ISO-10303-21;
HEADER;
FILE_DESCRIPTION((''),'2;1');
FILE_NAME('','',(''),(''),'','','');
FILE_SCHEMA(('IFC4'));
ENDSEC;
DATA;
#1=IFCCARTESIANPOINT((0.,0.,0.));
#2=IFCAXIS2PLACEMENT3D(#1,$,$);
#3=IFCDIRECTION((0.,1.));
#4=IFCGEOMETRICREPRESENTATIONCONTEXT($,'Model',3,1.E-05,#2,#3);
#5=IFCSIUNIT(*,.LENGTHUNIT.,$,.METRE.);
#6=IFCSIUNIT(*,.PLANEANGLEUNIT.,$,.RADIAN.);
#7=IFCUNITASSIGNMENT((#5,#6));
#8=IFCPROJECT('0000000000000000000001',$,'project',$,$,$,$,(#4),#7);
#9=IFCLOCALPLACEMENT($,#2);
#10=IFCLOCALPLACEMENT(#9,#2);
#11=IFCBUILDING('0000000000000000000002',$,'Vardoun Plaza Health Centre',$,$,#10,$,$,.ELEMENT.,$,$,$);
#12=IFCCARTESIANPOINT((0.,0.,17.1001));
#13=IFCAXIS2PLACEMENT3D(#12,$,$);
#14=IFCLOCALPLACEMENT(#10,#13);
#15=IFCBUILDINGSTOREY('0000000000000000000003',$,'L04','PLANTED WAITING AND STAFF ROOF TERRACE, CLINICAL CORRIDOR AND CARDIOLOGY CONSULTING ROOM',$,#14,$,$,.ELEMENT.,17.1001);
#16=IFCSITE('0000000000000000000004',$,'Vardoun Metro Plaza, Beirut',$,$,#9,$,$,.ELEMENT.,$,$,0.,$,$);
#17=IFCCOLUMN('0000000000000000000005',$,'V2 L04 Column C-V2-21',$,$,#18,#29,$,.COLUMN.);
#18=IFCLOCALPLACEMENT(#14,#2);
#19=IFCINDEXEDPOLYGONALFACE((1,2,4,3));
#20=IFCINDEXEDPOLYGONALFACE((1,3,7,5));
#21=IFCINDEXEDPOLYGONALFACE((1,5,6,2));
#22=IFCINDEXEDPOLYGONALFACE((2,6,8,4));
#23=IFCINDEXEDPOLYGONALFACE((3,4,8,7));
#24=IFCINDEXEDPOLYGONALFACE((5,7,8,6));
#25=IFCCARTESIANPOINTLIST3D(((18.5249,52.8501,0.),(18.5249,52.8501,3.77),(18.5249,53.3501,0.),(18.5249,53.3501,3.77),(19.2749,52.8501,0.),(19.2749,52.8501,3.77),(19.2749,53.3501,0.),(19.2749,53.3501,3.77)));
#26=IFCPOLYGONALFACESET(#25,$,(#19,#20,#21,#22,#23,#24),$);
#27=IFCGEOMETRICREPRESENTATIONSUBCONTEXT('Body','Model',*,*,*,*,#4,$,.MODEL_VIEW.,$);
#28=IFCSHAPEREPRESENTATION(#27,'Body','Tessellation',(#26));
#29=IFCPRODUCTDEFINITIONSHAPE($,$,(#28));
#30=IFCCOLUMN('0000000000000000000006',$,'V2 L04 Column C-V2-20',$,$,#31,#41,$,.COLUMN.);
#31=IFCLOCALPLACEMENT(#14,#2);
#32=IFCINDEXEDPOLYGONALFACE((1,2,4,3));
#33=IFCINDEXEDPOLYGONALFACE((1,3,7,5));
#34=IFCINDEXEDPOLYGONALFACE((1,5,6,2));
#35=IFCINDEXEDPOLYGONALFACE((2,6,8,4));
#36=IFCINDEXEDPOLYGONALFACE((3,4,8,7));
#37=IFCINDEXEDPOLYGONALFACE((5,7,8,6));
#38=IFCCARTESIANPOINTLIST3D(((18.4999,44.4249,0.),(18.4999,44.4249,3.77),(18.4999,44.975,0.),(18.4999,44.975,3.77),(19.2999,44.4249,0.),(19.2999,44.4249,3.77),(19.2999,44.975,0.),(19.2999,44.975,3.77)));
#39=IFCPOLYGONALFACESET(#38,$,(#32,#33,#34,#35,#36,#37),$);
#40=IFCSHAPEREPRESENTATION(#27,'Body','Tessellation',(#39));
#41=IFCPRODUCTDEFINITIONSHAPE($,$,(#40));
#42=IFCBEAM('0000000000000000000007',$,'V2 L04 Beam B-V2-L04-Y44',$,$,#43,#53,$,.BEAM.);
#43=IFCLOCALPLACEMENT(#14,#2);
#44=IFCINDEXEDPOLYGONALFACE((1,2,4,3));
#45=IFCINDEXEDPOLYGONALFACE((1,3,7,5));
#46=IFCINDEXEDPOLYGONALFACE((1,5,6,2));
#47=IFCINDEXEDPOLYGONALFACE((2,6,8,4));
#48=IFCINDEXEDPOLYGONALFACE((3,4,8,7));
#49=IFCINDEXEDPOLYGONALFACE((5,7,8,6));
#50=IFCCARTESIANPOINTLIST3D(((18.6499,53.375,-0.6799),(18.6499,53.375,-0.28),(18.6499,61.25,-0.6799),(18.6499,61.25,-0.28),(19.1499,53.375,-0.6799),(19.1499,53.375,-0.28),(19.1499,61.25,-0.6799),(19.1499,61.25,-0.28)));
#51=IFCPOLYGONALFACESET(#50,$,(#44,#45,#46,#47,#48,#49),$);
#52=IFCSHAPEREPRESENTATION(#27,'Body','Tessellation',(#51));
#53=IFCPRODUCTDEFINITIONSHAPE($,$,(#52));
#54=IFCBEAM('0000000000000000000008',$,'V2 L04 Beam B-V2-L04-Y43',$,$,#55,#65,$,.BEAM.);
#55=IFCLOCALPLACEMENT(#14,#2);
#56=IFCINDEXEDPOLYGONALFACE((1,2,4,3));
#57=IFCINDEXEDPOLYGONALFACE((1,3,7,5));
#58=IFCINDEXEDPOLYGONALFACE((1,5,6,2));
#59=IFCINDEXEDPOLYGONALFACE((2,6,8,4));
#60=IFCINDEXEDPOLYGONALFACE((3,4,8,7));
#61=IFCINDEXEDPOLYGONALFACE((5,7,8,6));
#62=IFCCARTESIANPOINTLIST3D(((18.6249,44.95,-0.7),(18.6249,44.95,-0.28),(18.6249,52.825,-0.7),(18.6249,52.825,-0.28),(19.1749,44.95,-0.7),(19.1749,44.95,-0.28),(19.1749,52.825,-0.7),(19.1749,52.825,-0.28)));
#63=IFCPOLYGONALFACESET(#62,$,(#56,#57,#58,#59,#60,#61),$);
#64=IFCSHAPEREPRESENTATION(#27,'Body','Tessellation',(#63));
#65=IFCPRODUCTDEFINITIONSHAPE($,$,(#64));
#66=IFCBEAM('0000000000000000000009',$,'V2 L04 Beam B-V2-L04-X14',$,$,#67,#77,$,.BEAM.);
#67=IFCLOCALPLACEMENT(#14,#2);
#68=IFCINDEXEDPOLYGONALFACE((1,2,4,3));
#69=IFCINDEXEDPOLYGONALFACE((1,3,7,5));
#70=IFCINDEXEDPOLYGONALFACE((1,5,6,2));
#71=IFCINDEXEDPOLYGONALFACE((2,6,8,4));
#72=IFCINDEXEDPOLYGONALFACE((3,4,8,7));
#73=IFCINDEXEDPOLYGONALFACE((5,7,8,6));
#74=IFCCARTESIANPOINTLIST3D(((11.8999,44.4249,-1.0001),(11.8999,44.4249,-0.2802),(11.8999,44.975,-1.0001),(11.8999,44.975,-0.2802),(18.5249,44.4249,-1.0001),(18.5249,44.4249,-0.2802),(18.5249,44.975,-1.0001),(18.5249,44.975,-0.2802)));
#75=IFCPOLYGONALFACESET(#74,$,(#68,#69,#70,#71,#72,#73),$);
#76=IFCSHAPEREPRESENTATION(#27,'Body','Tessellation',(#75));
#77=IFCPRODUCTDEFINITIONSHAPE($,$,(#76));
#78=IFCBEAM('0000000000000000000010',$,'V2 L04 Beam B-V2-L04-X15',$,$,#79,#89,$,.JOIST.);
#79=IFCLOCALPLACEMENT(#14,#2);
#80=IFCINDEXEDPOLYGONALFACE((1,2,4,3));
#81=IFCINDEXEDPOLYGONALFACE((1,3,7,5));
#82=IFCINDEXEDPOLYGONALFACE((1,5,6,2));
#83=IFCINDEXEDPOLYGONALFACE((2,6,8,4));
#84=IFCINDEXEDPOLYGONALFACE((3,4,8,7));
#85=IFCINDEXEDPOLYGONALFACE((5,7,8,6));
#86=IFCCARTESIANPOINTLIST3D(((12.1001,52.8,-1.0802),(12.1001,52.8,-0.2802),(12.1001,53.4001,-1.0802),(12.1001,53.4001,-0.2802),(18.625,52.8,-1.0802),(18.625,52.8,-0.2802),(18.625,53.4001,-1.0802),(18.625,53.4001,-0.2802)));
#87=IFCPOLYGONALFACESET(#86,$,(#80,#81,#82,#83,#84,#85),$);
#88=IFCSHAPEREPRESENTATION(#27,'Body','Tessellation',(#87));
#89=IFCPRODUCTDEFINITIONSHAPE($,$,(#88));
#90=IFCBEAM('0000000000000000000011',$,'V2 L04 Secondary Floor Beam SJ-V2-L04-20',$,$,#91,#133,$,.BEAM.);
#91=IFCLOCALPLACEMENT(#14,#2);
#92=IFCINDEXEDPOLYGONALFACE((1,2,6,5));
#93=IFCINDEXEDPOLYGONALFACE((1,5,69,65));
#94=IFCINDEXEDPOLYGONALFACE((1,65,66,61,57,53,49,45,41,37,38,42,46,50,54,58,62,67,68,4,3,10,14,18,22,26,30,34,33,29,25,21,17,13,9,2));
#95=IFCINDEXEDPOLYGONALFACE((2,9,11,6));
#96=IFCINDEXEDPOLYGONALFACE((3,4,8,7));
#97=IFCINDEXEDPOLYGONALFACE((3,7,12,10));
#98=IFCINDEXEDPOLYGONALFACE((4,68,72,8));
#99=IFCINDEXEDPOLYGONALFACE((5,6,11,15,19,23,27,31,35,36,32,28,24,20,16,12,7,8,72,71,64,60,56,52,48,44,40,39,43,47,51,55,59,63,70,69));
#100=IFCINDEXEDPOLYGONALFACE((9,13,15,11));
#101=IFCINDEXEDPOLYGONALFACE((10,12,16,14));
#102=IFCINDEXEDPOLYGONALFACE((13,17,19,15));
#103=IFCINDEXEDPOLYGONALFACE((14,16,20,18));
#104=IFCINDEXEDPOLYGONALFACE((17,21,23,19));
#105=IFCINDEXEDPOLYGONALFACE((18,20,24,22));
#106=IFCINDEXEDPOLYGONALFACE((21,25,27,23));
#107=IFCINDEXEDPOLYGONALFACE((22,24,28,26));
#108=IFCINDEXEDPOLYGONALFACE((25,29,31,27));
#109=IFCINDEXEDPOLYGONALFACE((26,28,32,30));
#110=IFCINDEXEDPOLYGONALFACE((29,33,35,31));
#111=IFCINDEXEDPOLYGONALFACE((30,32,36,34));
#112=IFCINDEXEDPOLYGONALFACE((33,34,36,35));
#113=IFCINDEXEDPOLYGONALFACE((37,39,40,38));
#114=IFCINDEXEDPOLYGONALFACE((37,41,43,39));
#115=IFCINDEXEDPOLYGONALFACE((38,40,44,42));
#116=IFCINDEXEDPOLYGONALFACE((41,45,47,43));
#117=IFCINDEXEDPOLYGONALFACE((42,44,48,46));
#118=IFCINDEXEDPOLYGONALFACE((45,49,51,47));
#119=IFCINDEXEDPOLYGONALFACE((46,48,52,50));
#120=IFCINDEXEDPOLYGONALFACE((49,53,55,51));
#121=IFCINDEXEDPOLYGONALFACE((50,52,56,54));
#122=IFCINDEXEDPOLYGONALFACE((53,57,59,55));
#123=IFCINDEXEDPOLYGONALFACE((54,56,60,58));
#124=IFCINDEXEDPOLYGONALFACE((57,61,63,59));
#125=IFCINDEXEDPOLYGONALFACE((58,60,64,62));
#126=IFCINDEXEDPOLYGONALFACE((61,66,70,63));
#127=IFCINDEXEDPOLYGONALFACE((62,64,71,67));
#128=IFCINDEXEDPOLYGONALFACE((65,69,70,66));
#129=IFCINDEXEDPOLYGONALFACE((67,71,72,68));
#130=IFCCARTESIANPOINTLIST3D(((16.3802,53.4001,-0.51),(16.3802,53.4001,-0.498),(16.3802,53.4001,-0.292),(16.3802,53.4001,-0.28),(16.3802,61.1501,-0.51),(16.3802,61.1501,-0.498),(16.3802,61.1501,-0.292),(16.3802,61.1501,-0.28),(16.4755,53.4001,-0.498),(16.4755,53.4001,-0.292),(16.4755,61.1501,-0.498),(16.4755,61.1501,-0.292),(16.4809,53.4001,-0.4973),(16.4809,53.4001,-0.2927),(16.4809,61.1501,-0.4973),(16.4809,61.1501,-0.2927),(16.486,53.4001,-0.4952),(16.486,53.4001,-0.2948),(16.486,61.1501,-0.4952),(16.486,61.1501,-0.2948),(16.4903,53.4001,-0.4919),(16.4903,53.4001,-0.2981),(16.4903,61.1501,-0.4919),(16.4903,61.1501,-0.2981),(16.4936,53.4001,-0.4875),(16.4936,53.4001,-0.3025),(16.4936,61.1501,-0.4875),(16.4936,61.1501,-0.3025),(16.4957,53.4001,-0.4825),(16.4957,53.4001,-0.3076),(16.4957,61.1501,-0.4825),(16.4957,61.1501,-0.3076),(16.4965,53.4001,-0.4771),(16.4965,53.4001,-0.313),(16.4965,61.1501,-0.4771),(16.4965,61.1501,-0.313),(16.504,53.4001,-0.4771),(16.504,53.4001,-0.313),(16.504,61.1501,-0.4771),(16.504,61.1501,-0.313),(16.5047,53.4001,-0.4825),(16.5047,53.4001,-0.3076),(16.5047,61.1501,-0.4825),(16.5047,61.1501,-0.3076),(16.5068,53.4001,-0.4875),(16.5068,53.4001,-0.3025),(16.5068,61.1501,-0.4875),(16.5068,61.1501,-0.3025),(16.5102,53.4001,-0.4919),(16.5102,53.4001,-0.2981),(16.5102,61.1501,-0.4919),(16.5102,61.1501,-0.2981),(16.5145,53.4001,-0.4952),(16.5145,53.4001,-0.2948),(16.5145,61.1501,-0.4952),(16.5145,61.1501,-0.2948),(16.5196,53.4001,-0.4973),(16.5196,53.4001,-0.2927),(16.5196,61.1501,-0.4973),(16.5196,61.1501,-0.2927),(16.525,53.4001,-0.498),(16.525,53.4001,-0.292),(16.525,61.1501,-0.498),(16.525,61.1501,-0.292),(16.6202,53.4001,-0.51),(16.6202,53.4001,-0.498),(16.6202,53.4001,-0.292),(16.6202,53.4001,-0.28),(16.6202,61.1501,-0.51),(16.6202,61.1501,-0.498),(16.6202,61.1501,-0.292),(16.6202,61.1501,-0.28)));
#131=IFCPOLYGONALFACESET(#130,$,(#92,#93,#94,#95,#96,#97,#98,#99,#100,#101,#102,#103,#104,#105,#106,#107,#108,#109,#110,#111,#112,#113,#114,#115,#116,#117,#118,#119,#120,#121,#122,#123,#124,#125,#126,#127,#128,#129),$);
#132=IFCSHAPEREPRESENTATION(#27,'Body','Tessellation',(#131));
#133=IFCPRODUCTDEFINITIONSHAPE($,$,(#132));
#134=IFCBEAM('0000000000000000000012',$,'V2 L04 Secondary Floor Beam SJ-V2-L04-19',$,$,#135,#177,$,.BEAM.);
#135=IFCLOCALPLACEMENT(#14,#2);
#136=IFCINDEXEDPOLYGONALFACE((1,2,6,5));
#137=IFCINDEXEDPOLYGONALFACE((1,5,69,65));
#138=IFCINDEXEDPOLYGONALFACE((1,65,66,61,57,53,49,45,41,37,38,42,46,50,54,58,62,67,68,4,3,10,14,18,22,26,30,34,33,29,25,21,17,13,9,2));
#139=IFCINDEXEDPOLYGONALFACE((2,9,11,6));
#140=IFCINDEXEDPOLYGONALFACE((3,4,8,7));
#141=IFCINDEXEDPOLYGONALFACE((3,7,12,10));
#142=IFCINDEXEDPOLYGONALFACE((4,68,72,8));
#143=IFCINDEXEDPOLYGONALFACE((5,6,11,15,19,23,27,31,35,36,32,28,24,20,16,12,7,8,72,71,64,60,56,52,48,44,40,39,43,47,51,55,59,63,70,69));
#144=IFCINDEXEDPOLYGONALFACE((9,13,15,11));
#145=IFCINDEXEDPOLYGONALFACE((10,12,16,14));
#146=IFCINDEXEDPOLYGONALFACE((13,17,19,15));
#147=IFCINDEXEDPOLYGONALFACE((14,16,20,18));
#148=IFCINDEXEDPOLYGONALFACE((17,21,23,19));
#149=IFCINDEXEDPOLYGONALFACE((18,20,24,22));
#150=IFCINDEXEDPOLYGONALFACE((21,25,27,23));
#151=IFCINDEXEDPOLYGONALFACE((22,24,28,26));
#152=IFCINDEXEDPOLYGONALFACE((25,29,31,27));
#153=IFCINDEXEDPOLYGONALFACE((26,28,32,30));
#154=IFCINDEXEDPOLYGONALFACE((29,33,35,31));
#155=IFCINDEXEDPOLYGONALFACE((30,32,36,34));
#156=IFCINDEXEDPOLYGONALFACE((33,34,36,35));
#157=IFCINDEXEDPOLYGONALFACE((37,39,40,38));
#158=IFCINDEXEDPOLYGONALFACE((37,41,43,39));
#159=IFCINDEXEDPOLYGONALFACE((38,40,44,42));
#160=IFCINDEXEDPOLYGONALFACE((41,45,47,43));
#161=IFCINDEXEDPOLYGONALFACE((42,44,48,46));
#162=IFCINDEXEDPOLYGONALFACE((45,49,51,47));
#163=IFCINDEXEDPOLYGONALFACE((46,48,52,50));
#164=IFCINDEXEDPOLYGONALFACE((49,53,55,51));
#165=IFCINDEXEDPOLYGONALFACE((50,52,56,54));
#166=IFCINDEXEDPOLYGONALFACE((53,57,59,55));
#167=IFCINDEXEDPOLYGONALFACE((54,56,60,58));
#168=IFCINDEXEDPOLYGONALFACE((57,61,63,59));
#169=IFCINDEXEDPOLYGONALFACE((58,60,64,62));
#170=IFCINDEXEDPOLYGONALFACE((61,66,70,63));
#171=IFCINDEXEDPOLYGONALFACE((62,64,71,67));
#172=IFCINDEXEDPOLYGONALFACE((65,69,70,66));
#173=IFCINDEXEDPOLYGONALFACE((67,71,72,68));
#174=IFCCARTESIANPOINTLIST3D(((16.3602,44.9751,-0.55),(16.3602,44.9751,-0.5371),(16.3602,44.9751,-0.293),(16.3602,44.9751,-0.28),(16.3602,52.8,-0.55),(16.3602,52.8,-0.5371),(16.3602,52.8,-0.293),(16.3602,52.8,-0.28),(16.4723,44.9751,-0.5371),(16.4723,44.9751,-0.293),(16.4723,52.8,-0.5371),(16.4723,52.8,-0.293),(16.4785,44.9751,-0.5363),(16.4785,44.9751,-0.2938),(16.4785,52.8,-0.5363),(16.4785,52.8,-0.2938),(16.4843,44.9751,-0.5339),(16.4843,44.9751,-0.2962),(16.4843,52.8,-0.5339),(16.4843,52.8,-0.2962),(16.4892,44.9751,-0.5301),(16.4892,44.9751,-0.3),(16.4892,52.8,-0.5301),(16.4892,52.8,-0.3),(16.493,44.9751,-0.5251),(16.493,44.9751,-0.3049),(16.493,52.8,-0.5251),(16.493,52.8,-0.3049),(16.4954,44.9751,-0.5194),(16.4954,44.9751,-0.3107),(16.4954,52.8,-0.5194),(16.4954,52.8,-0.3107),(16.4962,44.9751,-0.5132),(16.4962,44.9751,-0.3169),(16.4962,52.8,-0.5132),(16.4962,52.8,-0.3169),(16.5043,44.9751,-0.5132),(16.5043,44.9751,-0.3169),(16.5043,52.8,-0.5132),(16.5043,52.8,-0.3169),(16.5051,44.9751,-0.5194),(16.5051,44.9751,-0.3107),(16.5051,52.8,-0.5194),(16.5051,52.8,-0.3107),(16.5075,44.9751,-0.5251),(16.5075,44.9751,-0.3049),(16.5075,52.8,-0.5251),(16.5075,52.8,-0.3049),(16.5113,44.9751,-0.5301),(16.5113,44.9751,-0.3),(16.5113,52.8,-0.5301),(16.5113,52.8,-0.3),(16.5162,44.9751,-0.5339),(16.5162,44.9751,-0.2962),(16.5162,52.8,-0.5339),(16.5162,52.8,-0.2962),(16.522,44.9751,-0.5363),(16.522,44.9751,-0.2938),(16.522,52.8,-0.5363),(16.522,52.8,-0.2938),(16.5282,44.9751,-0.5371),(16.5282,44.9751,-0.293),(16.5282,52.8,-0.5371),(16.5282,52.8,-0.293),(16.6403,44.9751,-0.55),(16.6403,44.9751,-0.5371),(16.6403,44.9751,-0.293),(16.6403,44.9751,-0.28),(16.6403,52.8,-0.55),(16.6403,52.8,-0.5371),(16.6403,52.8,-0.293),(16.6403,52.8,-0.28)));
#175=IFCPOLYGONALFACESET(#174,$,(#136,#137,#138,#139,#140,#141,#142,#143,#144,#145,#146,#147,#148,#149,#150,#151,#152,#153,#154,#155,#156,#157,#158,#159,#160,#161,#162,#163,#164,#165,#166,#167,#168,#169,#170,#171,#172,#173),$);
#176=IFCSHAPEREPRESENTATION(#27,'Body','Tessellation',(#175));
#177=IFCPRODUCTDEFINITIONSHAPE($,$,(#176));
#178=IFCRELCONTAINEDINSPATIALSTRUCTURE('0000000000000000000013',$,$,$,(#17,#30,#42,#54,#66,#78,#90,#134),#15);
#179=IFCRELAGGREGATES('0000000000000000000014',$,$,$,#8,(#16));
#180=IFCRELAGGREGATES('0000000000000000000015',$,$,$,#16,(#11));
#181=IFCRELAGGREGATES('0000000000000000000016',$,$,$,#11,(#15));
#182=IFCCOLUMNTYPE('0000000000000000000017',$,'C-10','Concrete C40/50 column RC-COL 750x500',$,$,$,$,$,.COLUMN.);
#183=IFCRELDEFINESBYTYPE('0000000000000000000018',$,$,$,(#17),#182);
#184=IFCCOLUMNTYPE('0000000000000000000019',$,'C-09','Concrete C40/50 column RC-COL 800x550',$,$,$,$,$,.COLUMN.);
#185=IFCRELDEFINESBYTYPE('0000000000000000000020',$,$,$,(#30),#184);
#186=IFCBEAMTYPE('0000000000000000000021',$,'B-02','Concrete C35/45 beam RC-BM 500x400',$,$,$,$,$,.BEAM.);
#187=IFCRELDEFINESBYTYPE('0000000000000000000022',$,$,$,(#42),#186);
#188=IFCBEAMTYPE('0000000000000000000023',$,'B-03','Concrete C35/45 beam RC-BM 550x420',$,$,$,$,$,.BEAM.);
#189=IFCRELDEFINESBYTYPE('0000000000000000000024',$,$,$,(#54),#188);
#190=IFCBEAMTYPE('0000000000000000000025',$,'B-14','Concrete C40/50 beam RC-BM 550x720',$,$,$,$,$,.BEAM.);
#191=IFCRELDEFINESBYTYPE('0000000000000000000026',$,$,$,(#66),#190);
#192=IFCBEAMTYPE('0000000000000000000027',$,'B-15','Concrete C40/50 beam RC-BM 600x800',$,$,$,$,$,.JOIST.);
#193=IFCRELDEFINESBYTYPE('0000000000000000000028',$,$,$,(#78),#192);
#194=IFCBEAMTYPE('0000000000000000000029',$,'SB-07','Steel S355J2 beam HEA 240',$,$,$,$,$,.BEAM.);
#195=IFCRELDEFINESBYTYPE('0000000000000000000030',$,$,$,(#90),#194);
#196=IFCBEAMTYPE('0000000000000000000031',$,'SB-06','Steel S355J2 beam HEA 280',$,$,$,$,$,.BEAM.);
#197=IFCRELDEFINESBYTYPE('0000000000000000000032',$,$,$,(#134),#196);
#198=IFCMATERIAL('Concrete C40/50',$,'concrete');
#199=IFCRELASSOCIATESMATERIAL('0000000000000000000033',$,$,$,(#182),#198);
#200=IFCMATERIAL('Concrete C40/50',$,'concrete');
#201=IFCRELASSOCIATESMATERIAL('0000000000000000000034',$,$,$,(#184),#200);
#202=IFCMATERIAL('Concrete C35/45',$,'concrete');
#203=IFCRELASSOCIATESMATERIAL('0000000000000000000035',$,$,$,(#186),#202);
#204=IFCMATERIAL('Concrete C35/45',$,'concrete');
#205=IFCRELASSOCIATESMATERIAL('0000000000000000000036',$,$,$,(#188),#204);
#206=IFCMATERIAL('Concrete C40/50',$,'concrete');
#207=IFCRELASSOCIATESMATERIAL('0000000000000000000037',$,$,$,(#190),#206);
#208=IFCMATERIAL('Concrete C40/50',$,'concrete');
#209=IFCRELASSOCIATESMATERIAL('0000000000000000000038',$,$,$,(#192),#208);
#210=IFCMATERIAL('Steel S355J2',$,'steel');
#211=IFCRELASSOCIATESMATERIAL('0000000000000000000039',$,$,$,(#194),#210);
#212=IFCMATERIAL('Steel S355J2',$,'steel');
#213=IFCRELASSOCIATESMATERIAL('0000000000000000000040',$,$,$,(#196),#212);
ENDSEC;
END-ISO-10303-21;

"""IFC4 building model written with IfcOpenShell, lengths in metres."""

from ifc_helpers import new_model, si_unit, direction, frame, origin, origin_2d, place, context, subcontext, project, spatial, rectangle, i_section, extrude, material, material_profile, profile_set, type_object, element, save


model = new_model("IFC4")

# Units and contexts
model_context = context("Model", 3, precision=1e-05, world=origin(), true_north=direction((0.0, 1.0)))
body_context = subcontext(model_context, "Body", "Model", "MODEL_VIEW")
ifc_project = project(units=[si_unit("LENGTHUNIT", "METRE"), si_unit("PLANEANGLEUNIT", "RADIAN")], contexts=[model_context])

# Site, building, storey
site_placement = place(None, origin())
site = spatial("IfcSite", under=ifc_project, at=site_placement, Name="Vardoun Metro Plaza, Beirut", CompositionType="ELEMENT", RefElevation=0.0)
building_placement = place(site_placement, origin())
building = spatial("IfcBuilding", under=site, at=building_placement, Name="Vardoun Plaza Health Centre", CompositionType="ELEMENT")
storey_placement = place(building_placement, frame((0.0, 0.0, 17.1001)))
storey = spatial("IfcBuildingStorey", under=building, at=storey_placement, Name="L04", Description="PLANTED WAITING AND STAFF ROOF TERRACE, CLINICAL CORRIDOR AND CARDIOLOGY CONSULTING ROOM", CompositionType="ELEMENT", Elevation=17.1001)

# Columns
ifc_material_1 = material(Name="Concrete C40/50", Category="concrete")
ifc_material_profile_1 = material_profile(ifc_material_1, rectangle(XDim=0.75, YDim=0.5, at=origin_2d()), Name="RC-COL 750x500")
ifc_profile_set_1 = profile_set([ifc_material_profile_1], Name="Concrete C40/50")
column_type_1 = type_object("IfcColumnType", Name="C-10", Description="Concrete C40/50 column RC-COL 750x500", PredefinedType="COLUMN", material=ifc_profile_set_1)
column_1_placement = place(storey_placement, frame((18.8999, 53.1001, 0.0), z_axis=(0.0, 0.0, 1.0), x_axis=(1.0, 0.0, 0.0)))
element("IfcColumn", 1, at=column_1_placement, inside=storey, type_object=column_type_1, Name="V2 L04 Column C-V2-21", PredefinedType="COLUMN", context=body_context, shape_type="SweptSolid", body=[
    extrude(rectangle(XDim=0.75, YDim=0.5, at=origin_2d()), origin(), (0.0, 0.0, 1.0), 3.77),
])
ifc_material_2 = material(Name="Concrete C40/50", Category="concrete")
ifc_material_profile_2 = material_profile(ifc_material_2, rectangle(XDim=0.8, YDim=0.55, at=origin_2d()), Name="RC-COL 800x550")
ifc_profile_set_2 = profile_set([ifc_material_profile_2], Name="Concrete C40/50")
column_type_2 = type_object("IfcColumnType", Name="C-09", Description="Concrete C40/50 column RC-COL 800x550", PredefinedType="COLUMN", material=ifc_profile_set_2)
column_2_placement = place(storey_placement, frame((18.8999, 44.7, 0.0), z_axis=(0.0, 0.0, 1.0), x_axis=(1.0, 0.0, 0.0)))
element("IfcColumn", 2, at=column_2_placement, inside=storey, type_object=column_type_2, Name="V2 L04 Column C-V2-20", PredefinedType="COLUMN", context=body_context, shape_type="SweptSolid", body=[
    extrude(rectangle(XDim=0.8, YDim=0.55, at=origin_2d()), origin(), (0.0, 0.0, 1.0), 3.77),
])

# Beams
ifc_material_3 = material(Name="Concrete C35/45", Category="concrete")
ifc_material_profile_3 = material_profile(ifc_material_3, rectangle(XDim=0.5, YDim=0.3999, at=origin_2d()), Name="RC-BM 500x400")
ifc_profile_set_3 = profile_set([ifc_material_profile_3], Name="Concrete C35/45")
beam_type_1 = type_object("IfcBeamType", Name="B-02", Description="Concrete C35/45 beam RC-BM 500x400", PredefinedType="BEAM", material=ifc_profile_set_3)
beam_1_placement = place(storey_placement, frame((18.8999, 53.375, -0.48), z_axis=(0.0, 1.0, 0.0), x_axis=(-1.0, 0.0, 0.0)))
element("IfcBeam", 3, at=beam_1_placement, inside=storey, type_object=beam_type_1, Name="V2 L04 Beam B-V2-L04-Y44", PredefinedType="BEAM", context=body_context, shape_type="SweptSolid", body=[
    extrude(rectangle(XDim=0.5, YDim=0.3999, at=origin_2d()), origin(), (0.0, 0.0, 1.0), 7.875),
])
ifc_material_4 = material(Name="Concrete C35/45", Category="concrete")
ifc_material_profile_4 = material_profile(ifc_material_4, rectangle(XDim=0.55, YDim=0.4199, at=origin_2d()), Name="RC-BM 550x420")
ifc_profile_set_4 = profile_set([ifc_material_profile_4], Name="Concrete C35/45")
beam_type_2 = type_object("IfcBeamType", Name="B-03", Description="Concrete C35/45 beam RC-BM 550x420", PredefinedType="BEAM", material=ifc_profile_set_4)
beam_2_placement = place(storey_placement, frame((18.8999, 44.95, -0.49), z_axis=(0.0, 1.0, 0.0), x_axis=(-1.0, 0.0, 0.0)))
element("IfcBeam", 4, at=beam_2_placement, inside=storey, type_object=beam_type_2, Name="V2 L04 Beam B-V2-L04-Y43", PredefinedType="BEAM", context=body_context, shape_type="SweptSolid", body=[
    extrude(rectangle(XDim=0.55, YDim=0.4199, at=origin_2d()), origin(), (0.0, 0.0, 1.0), 7.875),
])
ifc_material_5 = material(Name="Concrete C40/50", Category="concrete")
ifc_material_profile_5 = material_profile(ifc_material_5, rectangle(XDim=0.55, YDim=0.72, at=origin_2d()), Name="RC-BM 550x720")
ifc_profile_set_5 = profile_set([ifc_material_profile_5], Name="Concrete C40/50")
beam_type_3 = type_object("IfcBeamType", Name="B-14", Description="Concrete C40/50 beam RC-BM 550x720", PredefinedType="BEAM", material=ifc_profile_set_5)
beam_3_placement = place(storey_placement, frame((11.8999, 44.7, -0.6401), z_axis=(1.0, 0.0, 0.0), x_axis=(0.0, 1.0, 0.0)))
element("IfcBeam", 5, at=beam_3_placement, inside=storey, type_object=beam_type_3, Name="V2 L04 Beam B-V2-L04-X14", PredefinedType="BEAM", context=body_context, shape_type="SweptSolid", body=[
    extrude(rectangle(XDim=0.55, YDim=0.72, at=origin_2d()), origin(), (0.0, 0.0, 1.0), 6.625),
])
ifc_material_6 = material(Name="Concrete C40/50", Category="concrete")
ifc_material_profile_6 = material_profile(ifc_material_6, rectangle(XDim=0.6001, YDim=0.8, at=origin_2d()), Name="RC-BM 600x800")
ifc_profile_set_6 = profile_set([ifc_material_profile_6], Name="Concrete C40/50")
beam_type_4 = type_object("IfcBeamType", Name="B-15", Description="Concrete C40/50 beam RC-BM 600x800", PredefinedType="JOIST", material=ifc_profile_set_6)
beam_4_placement = place(storey_placement, frame((12.1001, 53.1001, -0.6802), z_axis=(1.0, 0.0, 0.0), x_axis=(0.0, 1.0, 0.0)))
element("IfcBeam", 6, at=beam_4_placement, inside=storey, type_object=beam_type_4, Name="V2 L04 Beam B-V2-L04-X15", PredefinedType="JOIST", context=body_context, shape_type="SweptSolid", body=[
    extrude(rectangle(XDim=0.6001, YDim=0.8, at=origin_2d()), origin(), (0.0, 0.0, 1.0), 6.5249),
])
ifc_material_7 = material(Name="Steel S355J2", Category="steel")
ifc_material_profile_7 = material_profile(ifc_material_7, i_section(OverallWidth=0.24, OverallDepth=0.23, WebThickness=0.0076, FlangeThickness=0.012, FilletRadius=0.021, at=origin_2d()), Name="HEA 240")
ifc_profile_set_7 = profile_set([ifc_material_profile_7], Name="Steel S355J2")
beam_type_5 = type_object("IfcBeamType", Name="SB-07", Description="Steel S355J2 beam HEA 240", PredefinedType="BEAM", material=ifc_profile_set_7)
beam_5_placement = place(storey_placement, frame((16.5002, 53.4001, -0.395), z_axis=(0.0, 1.0, 0.0), x_axis=(-1.0, 0.0, 0.0)))
element("IfcBeam", 7, at=beam_5_placement, inside=storey, type_object=beam_type_5, Name="V2 L04 Secondary Floor Beam SJ-V2-L04-20", PredefinedType="BEAM", context=body_context, shape_type="SweptSolid", body=[
    extrude(i_section(OverallWidth=0.24, OverallDepth=0.23, WebThickness=0.0076, FlangeThickness=0.012, FilletRadius=0.021, at=origin_2d()), origin(), (0.0, 0.0, 1.0), 7.75),
])
ifc_material_8 = material(Name="Steel S355J2", Category="steel")
ifc_material_profile_8 = material_profile(ifc_material_8, i_section(OverallWidth=0.28, OverallDepth=0.27, WebThickness=0.0081, FlangeThickness=0.0129, FilletRadius=0.0239, at=origin_2d()), Name="HEA 280")
ifc_profile_set_8 = profile_set([ifc_material_profile_8], Name="Steel S355J2")
beam_type_6 = type_object("IfcBeamType", Name="SB-06", Description="Steel S355J2 beam HEA 280", PredefinedType="BEAM", material=ifc_profile_set_8)
beam_6_placement = place(storey_placement, frame((16.5002, 44.9751, -0.415), z_axis=(0.0, 1.0, 0.0), x_axis=(-1.0, 0.0, 0.0)))
element("IfcBeam", 8, at=beam_6_placement, inside=storey, type_object=beam_type_6, Name="V2 L04 Secondary Floor Beam SJ-V2-L04-19", PredefinedType="BEAM", context=body_context, shape_type="SweptSolid", body=[
    extrude(i_section(OverallWidth=0.28, OverallDepth=0.27, WebThickness=0.0081, FlangeThickness=0.0129, FilletRadius=0.0239, at=origin_2d()), origin(), (0.0, 0.0, 1.0), 7.825),
])

save(model, "model.ifc")
